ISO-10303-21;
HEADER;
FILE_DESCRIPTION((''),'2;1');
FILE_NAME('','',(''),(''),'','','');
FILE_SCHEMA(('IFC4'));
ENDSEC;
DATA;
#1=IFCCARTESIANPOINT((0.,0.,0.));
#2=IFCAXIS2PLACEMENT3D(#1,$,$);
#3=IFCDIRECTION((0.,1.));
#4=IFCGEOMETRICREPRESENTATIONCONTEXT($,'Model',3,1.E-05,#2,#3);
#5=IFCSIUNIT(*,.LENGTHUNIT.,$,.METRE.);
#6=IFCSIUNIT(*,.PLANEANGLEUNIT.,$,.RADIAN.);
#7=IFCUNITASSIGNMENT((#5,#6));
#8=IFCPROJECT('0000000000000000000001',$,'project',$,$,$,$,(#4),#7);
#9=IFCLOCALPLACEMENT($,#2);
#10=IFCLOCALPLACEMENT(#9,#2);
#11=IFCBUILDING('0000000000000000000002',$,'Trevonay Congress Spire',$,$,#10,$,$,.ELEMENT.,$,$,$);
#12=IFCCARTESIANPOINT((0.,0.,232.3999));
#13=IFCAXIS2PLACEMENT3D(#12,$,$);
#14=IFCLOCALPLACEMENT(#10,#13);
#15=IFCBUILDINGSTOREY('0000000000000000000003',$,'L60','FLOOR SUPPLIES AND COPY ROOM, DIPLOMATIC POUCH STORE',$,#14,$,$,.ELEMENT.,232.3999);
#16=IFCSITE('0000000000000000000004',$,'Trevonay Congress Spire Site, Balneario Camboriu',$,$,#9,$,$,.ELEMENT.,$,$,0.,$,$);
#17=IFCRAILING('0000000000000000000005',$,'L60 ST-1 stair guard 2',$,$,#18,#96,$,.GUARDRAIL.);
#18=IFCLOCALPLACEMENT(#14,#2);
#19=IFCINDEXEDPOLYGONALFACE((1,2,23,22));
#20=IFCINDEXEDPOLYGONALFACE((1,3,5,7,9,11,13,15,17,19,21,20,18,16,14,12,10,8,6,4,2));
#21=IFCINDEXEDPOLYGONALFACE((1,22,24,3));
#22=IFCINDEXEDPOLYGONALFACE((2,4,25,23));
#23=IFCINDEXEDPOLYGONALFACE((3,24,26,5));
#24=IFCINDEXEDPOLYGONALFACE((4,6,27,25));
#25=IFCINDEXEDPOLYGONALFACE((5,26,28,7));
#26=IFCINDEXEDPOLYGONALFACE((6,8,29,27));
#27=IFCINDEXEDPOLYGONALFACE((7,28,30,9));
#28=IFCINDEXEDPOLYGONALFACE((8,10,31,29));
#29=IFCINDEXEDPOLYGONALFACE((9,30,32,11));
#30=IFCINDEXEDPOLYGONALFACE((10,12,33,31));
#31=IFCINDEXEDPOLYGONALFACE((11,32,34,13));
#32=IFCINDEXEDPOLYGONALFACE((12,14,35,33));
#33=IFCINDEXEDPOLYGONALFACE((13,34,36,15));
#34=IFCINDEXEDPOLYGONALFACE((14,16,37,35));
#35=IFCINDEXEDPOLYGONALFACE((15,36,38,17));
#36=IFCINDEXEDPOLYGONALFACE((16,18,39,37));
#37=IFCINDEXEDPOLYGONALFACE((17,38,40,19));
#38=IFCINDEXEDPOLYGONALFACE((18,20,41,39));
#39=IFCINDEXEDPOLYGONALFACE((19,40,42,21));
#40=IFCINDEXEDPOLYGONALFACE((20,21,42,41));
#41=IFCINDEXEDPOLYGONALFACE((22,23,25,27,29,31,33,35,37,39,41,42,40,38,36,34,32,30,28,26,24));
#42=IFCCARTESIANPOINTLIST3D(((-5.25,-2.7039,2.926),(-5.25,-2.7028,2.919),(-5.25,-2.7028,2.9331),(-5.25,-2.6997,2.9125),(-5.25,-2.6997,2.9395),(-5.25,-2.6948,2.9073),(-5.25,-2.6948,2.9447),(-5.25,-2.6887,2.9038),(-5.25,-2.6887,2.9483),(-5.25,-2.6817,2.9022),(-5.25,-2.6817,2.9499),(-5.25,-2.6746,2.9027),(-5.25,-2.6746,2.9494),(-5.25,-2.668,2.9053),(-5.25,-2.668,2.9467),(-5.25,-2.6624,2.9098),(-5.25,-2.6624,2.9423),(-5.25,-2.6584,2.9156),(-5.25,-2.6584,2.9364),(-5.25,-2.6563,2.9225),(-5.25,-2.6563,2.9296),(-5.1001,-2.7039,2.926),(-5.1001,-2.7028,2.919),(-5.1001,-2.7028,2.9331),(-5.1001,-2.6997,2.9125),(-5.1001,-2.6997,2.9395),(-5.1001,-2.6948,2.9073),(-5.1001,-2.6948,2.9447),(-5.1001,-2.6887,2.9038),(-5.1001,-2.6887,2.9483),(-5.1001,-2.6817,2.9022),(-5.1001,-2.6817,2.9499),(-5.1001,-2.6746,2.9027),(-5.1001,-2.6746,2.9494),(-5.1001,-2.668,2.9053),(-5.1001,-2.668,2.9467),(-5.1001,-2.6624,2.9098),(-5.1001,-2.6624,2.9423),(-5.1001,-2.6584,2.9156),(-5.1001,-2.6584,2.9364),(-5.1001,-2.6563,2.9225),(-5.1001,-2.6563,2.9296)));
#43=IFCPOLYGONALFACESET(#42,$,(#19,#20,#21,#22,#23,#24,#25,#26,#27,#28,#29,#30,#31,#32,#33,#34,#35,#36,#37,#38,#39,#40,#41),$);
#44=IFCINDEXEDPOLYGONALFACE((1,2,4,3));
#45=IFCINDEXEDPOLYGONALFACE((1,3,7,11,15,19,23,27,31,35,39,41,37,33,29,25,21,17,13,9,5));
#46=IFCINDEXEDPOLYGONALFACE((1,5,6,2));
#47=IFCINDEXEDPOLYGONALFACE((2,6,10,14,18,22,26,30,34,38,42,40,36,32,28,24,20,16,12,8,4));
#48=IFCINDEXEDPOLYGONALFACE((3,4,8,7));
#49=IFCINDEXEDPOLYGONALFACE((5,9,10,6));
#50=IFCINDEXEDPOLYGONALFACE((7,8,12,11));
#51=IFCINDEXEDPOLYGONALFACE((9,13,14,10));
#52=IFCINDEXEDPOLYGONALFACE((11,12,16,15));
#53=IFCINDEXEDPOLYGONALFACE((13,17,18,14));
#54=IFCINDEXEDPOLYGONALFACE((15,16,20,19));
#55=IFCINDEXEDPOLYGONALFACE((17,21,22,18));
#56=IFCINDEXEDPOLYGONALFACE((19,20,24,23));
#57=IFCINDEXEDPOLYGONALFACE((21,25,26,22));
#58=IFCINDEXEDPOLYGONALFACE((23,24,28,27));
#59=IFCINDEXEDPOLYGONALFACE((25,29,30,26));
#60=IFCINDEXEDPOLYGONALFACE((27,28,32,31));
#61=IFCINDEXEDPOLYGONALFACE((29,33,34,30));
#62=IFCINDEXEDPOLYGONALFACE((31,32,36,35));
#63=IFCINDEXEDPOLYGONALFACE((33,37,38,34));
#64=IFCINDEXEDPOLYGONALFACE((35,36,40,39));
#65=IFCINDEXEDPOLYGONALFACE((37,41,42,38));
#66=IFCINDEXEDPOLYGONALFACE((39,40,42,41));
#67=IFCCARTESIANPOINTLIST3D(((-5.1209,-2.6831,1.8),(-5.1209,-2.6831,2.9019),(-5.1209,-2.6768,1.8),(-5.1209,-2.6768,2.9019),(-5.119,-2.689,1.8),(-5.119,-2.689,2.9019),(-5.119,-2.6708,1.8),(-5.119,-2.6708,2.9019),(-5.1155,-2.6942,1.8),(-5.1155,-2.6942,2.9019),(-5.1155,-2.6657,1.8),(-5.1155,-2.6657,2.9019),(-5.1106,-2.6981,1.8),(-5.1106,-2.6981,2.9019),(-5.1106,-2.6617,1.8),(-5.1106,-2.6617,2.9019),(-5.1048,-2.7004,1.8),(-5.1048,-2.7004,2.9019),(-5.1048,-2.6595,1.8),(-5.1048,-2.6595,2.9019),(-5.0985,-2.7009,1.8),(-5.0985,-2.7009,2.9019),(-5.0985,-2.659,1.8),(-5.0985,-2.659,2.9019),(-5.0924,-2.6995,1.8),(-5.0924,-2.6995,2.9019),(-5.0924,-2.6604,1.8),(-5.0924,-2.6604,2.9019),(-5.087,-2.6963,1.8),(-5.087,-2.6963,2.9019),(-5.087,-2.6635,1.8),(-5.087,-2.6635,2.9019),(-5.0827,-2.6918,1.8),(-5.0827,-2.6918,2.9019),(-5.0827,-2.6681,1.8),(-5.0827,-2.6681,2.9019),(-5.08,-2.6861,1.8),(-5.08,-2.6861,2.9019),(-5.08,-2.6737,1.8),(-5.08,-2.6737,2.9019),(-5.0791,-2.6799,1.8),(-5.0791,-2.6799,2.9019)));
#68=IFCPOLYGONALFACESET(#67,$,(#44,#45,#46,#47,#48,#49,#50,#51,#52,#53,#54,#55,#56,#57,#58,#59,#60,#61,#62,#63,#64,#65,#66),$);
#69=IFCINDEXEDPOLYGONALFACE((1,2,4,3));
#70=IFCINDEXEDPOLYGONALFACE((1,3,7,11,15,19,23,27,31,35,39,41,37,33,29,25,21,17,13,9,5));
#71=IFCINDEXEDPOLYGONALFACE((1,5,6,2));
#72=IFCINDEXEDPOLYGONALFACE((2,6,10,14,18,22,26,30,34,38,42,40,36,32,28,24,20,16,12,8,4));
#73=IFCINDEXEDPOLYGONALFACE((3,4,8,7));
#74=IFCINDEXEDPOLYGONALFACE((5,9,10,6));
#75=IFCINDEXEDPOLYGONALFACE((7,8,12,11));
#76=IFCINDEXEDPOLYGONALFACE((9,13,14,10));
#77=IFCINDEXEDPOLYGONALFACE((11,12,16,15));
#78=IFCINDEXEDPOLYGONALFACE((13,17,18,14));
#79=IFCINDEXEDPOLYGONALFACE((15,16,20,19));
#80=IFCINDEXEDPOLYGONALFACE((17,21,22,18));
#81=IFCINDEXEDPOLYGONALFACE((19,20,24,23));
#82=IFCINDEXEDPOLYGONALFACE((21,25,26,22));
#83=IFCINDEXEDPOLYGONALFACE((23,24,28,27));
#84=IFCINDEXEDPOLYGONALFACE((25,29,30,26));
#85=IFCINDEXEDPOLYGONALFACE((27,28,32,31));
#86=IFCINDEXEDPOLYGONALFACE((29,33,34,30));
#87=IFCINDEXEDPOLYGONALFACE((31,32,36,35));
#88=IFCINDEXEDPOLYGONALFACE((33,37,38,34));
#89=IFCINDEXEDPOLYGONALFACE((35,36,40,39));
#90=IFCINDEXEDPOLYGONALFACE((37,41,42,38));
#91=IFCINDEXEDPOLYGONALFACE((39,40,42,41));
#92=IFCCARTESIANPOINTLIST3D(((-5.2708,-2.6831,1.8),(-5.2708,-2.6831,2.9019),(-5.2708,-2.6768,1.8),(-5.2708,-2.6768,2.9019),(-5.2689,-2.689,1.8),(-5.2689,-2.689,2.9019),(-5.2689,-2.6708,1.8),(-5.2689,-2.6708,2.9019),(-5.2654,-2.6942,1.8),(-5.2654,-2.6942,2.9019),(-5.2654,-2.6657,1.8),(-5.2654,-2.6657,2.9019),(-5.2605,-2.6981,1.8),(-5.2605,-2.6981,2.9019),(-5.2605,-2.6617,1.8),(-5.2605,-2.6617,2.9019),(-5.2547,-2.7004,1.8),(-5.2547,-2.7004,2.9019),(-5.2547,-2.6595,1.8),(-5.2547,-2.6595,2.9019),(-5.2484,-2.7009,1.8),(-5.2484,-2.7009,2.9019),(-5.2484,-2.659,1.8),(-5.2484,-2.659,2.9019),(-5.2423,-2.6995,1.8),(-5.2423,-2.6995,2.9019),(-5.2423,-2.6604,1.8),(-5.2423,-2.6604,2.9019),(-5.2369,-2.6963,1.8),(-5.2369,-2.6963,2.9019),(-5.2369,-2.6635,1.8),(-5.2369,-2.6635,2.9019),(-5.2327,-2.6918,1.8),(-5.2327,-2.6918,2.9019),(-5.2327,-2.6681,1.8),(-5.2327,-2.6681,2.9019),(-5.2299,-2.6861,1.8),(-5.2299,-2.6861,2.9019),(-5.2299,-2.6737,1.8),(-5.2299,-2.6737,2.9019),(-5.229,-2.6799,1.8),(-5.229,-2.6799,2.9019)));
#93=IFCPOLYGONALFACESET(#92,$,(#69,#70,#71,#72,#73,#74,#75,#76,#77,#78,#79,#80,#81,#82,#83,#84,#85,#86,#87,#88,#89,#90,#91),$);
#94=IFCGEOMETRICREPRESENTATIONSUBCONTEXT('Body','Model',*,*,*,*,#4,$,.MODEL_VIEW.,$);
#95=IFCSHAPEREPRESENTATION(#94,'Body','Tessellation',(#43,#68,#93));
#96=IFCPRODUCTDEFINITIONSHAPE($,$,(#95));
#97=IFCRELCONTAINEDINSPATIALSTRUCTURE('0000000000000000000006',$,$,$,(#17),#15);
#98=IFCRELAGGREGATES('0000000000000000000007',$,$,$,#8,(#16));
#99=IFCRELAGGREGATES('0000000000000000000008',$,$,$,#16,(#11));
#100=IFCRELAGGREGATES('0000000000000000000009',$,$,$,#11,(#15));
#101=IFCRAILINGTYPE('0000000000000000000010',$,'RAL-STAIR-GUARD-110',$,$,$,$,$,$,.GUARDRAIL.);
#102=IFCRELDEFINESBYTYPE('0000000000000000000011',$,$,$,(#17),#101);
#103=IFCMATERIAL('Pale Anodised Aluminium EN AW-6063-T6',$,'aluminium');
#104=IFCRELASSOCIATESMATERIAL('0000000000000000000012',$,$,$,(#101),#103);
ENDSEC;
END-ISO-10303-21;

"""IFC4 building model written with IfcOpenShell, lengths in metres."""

from ifc_helpers import new_model, si_unit, direction, frame, origin, origin_2d, place, context, subcontext, project, spatial, circle, extrude, material, type_object, element, save


model = new_model("IFC4")

# Units and contexts
model_context = context("Model", 3, precision=1e-05, world=origin(), true_north=direction((0.0, 1.0)))
body_context = subcontext(model_context, "Body", "Model", "MODEL_VIEW")
ifc_project = project(units=[si_unit("LENGTHUNIT", "METRE"), si_unit("PLANEANGLEUNIT", "RADIAN")], contexts=[model_context])

# Site, building, storey
site_placement = place(None, origin())
site = spatial("IfcSite", under=ifc_project, at=site_placement, Name="Trevonay Congress Spire Site, Balneario Camboriu", CompositionType="ELEMENT", RefElevation=0.0)
building_placement = place(site_placement, origin())
building = spatial("IfcBuilding", under=site, at=building_placement, Name="Trevonay Congress Spire", CompositionType="ELEMENT")
storey_placement = place(building_placement, frame((0.0, 0.0, 232.3999)))
storey = spatial("IfcBuildingStorey", under=building, at=storey_placement, Name="L60", Description="FLOOR SUPPLIES AND COPY ROOM, DIPLOMATIC POUCH STORE", CompositionType="ELEMENT", Elevation=232.3999)

# Railing
ifc_material_1 = material(Name="Pale Anodised Aluminium EN AW-6063-T6", Category="aluminium")
railing_type_1 = type_object("IfcRailingType", Name="RAL-STAIR-GUARD-110", PredefinedType="GUARDRAIL", material=ifc_material_1)
railing_1_placement = place(storey_placement, frame((-5.1001, -2.6799, 1.8)))
element("IfcRailing", 1, at=railing_1_placement, inside=storey, type_object=railing_type_1, Name="L60 ST-1 stair guard 2", PredefinedType="GUARDRAIL", context=body_context, shape_type="SweptSolid", body=[
    extrude(circle(Radius=0.0239, at=origin_2d()), frame((0.0, 0.0, 1.126), z_axis=(-1.0, 0.0, 0.0), x_axis=(0.0, -1.0, 0.0)), (0.0, 0.0, 1.0), 0.1499),
    extrude(circle(Radius=0.021, at=origin_2d()), origin(), (0.0, 0.0, 1.0), 1.1018),
    extrude(circle(Radius=0.021, at=origin_2d()), frame((-0.1499, 0.0, 0.0)), (0.0, 0.0, 1.0), 1.1018),
])

save(model, "model.ifc")
